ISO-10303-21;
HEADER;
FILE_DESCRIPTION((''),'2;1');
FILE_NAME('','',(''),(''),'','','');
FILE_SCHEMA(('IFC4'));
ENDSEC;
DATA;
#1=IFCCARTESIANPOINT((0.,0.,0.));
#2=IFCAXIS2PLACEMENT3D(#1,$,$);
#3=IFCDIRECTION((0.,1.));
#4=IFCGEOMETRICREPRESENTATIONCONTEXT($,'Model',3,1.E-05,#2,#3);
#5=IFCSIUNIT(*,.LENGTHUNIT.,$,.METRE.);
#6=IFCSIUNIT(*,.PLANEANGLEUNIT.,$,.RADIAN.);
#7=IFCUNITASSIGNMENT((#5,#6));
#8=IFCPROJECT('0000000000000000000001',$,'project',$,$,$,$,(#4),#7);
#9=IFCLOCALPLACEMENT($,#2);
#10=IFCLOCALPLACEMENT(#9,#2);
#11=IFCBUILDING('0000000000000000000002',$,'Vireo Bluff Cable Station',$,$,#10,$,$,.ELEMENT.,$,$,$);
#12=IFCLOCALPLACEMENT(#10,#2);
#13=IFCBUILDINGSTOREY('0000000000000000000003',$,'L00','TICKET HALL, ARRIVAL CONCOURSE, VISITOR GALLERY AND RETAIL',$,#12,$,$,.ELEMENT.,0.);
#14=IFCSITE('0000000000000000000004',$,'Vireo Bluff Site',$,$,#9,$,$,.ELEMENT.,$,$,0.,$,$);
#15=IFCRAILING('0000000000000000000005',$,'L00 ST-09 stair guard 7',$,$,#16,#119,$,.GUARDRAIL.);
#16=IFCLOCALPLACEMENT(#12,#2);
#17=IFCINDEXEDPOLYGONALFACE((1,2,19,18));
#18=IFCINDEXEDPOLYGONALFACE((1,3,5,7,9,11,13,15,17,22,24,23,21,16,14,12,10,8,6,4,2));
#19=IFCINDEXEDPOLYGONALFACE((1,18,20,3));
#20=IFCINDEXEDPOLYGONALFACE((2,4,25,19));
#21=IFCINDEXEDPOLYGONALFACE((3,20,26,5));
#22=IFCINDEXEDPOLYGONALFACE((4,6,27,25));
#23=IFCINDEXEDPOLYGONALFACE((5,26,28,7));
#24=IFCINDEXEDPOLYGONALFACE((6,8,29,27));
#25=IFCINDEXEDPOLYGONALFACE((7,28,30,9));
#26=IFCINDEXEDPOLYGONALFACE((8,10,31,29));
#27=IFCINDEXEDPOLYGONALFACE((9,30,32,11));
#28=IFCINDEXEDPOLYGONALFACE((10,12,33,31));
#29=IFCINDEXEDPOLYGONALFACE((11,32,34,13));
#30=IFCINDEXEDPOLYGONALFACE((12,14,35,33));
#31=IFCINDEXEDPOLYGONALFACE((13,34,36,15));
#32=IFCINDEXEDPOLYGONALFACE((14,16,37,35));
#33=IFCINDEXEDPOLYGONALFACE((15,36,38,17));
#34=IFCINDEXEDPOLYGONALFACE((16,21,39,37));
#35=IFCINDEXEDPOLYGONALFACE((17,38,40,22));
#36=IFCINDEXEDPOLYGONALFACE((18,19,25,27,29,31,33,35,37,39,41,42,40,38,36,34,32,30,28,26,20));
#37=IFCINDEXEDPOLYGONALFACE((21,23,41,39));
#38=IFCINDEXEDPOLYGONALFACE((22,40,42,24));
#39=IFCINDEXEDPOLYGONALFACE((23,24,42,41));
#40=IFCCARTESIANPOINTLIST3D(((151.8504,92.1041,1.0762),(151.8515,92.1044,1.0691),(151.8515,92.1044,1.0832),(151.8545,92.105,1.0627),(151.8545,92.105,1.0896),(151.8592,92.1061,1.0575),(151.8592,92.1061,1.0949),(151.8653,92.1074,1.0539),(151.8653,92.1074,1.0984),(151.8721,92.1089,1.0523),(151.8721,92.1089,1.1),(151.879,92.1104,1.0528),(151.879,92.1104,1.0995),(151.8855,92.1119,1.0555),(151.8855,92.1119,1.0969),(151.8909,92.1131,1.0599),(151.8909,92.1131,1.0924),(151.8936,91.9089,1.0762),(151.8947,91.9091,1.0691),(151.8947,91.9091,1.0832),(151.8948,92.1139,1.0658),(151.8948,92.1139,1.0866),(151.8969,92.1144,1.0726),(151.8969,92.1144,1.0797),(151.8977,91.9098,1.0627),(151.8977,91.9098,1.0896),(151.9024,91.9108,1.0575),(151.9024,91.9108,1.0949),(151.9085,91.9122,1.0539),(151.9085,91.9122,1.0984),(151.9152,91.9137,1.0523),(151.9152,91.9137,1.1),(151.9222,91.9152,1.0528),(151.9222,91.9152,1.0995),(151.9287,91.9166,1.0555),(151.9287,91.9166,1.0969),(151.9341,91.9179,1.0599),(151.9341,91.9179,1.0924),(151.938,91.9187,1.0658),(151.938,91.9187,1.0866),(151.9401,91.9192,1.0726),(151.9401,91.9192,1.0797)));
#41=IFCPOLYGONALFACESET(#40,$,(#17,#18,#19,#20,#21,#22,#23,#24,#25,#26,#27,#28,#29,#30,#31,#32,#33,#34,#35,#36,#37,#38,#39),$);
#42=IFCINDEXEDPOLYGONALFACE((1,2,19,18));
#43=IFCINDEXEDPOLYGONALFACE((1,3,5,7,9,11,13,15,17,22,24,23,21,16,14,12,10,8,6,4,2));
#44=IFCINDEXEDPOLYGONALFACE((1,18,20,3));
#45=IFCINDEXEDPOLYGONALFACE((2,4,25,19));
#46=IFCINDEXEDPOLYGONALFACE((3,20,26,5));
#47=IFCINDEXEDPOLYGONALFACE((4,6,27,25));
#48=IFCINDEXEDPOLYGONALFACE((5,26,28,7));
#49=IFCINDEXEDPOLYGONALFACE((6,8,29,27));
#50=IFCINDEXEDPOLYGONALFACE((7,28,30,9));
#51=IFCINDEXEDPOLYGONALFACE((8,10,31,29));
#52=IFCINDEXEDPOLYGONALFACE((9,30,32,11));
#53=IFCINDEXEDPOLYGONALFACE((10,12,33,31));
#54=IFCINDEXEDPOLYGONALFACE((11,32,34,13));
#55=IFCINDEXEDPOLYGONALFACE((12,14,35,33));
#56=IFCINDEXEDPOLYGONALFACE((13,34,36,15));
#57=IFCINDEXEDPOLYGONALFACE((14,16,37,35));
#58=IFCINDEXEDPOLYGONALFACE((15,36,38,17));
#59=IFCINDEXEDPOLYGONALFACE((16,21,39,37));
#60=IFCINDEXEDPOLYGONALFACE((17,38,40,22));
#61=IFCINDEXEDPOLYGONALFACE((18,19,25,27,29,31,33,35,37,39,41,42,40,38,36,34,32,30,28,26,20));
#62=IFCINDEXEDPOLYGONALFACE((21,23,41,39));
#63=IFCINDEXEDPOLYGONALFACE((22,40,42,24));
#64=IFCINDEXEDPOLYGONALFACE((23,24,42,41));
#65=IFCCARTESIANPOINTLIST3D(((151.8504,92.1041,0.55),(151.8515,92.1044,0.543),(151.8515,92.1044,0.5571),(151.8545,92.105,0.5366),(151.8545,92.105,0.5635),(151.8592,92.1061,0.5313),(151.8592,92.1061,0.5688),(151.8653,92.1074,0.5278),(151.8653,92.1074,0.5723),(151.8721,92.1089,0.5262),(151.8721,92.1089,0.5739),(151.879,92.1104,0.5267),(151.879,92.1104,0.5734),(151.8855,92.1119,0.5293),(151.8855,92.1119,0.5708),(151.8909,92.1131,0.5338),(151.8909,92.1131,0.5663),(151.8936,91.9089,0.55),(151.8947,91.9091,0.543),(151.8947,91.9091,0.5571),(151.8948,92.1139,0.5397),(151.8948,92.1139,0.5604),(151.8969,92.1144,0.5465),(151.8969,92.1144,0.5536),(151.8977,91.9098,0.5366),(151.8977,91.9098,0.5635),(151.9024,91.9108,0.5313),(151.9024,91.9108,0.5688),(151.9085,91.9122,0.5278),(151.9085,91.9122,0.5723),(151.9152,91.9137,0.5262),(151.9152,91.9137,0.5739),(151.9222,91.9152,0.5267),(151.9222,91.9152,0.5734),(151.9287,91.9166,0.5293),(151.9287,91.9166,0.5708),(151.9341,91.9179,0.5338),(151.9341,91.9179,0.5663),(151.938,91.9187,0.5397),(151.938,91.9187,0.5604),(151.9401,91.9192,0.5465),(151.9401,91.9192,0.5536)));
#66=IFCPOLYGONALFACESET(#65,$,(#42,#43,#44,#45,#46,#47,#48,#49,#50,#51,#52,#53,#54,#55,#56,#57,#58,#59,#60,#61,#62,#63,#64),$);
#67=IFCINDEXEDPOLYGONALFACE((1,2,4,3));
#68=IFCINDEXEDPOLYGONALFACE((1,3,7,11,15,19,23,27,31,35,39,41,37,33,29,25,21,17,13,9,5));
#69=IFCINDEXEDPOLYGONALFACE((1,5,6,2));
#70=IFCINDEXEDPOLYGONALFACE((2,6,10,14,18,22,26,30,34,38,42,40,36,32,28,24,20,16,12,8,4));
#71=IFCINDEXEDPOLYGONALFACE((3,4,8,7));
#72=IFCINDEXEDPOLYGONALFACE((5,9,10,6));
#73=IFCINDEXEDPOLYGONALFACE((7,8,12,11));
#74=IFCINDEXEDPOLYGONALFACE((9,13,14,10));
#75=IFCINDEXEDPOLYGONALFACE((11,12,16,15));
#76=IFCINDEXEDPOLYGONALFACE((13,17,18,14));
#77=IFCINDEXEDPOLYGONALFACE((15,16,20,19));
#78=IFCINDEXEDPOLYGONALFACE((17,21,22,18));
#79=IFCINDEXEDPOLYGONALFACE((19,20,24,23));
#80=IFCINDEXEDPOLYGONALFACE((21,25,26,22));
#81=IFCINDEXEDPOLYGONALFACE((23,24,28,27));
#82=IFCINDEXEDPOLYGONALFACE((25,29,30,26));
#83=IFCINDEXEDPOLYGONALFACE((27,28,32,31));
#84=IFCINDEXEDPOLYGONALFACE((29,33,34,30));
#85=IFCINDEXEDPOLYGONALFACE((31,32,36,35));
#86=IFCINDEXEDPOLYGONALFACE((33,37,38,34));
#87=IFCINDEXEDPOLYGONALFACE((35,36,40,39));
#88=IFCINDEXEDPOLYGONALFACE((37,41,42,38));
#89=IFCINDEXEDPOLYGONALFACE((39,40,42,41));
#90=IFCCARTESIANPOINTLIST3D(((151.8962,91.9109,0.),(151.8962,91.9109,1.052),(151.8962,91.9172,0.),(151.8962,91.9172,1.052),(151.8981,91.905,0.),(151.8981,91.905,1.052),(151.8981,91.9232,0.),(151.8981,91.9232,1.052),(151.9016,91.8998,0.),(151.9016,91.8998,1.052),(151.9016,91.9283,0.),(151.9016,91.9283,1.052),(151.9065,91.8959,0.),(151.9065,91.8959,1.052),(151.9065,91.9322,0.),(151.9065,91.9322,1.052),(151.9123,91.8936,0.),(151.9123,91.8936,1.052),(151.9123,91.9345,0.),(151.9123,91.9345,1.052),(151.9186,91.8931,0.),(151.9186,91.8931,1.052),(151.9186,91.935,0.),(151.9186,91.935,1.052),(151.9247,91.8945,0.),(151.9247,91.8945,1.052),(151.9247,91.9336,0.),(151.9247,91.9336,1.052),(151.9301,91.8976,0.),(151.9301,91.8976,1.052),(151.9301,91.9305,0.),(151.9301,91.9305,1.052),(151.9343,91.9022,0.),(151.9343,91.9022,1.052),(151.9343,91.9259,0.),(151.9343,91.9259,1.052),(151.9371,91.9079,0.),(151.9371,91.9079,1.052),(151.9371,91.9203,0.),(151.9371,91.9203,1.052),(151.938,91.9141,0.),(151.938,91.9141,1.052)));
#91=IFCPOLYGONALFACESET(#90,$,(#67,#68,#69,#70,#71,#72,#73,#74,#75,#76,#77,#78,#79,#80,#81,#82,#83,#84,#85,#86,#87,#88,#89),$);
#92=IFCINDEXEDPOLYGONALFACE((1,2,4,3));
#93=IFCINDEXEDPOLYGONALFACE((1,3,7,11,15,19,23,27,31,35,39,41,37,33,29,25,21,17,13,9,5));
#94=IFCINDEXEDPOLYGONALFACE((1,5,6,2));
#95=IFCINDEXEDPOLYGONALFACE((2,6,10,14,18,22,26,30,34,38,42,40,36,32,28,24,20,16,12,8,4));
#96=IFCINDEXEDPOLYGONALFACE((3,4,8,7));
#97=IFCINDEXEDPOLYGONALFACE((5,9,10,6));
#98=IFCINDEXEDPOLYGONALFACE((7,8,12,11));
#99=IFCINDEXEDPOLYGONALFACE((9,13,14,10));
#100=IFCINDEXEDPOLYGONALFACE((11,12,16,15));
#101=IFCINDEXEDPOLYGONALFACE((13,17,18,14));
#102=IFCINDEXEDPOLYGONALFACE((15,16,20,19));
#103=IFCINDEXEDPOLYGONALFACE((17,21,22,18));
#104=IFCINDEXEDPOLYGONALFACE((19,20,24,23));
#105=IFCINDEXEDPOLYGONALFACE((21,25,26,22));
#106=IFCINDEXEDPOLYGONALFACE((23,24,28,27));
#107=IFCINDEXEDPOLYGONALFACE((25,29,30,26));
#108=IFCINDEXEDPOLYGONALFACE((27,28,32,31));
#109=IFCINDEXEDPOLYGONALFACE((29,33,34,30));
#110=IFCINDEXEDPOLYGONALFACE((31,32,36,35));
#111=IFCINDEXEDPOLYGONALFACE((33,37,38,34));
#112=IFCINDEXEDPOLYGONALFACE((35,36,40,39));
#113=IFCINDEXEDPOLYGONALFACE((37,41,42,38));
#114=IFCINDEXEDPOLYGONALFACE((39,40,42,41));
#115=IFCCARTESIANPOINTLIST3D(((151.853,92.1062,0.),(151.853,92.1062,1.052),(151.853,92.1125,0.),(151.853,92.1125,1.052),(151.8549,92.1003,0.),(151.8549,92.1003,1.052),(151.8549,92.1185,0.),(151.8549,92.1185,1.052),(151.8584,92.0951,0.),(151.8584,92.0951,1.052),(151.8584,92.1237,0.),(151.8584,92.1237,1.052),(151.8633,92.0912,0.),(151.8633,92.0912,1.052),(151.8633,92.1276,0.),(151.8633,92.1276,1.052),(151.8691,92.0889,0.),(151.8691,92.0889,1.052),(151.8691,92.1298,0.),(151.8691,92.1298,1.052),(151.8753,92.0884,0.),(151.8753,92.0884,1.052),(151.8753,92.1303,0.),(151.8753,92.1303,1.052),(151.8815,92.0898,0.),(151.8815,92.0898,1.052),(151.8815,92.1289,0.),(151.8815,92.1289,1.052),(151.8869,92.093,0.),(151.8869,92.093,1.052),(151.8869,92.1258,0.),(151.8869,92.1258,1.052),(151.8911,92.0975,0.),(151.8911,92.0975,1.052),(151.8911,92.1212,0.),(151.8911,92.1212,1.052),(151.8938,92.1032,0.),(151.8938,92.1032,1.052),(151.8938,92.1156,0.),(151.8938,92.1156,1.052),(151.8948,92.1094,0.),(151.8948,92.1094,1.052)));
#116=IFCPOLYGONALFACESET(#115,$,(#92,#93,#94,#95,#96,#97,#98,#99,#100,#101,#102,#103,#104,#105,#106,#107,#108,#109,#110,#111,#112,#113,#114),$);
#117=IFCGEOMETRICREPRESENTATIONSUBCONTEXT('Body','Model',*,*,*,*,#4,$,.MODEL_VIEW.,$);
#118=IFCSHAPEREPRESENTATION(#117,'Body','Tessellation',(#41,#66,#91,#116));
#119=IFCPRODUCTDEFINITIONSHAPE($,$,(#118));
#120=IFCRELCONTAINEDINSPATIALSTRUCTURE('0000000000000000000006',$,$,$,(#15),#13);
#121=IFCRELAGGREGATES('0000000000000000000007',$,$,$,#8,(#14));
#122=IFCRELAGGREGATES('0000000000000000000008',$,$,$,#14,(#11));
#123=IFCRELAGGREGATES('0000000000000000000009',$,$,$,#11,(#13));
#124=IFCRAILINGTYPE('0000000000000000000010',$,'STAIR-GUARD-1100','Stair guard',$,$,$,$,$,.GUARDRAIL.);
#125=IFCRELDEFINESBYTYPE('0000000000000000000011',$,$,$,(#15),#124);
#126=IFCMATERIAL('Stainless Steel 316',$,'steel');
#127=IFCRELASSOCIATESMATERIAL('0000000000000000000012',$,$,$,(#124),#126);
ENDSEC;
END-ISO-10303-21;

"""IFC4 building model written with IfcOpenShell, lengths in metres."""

from ifc_helpers import new_model, si_unit, direction, frame, origin, origin_2d, place, context, subcontext, project, spatial, circle, extrude, material, type_object, element, save


model = new_model("IFC4")

# Units and contexts
model_context = context("Model", 3, precision=1e-05, world=origin(), true_north=direction((0.0, 1.0)))
body_context = subcontext(model_context, "Body", "Model", "MODEL_VIEW")
ifc_project = project(units=[si_unit("LENGTHUNIT", "METRE"), si_unit("PLANEANGLEUNIT", "RADIAN")], contexts=[model_context])

# Site, building, storey
site_placement = place(None, origin())
site = spatial("IfcSite", under=ifc_project, at=site_placement, Name="Vireo Bluff Site", CompositionType="ELEMENT", RefElevation=0.0)
building_placement = place(site_placement, origin())
building = spatial("IfcBuilding", under=site, at=building_placement, Name="Vireo Bluff Cable Station", CompositionType="ELEMENT")
storey_placement = place(building_placement, origin())
storey = spatial("IfcBuildingStorey", under=building, at=storey_placement, Name="L00", Description="TICKET HALL, ARRIVAL CONCOURSE, VISITOR GALLERY AND RETAIL", CompositionType="ELEMENT", Elevation=0.0)

# Railing
ifc_material_1 = material(Name="Stainless Steel 316", Category="steel")
railing_type_1 = type_object("IfcRailingType", Name="STAIR-GUARD-1100", Description="Stair guard", PredefinedType="GUARDRAIL", material=ifc_material_1)
railing_1_placement = place(storey_placement, frame((151.917, 91.9141, 0.0)))
element("IfcRailing", 1, at=railing_1_placement, inside=storey, type_object=railing_type_1, Name="L00 ST-09 stair guard 7", PredefinedType="GUARDRAIL", context=body_context, shape_type="SweptSolid", body=[
    extrude(circle(Radius=0.0239, at=origin_2d()), frame((0.0, 0.0, 1.0762), z_axis=(-0.216026, 0.976388, 0.0), x_axis=(-0.976388, -0.216026, 0.0)), (0.0, 0.0, 1.0), 0.2),
    extrude(circle(Radius=0.0239, at=origin_2d()), frame((0.0, 0.0, 0.55), z_axis=(-0.216026, 0.976388, 0.0), x_axis=(-0.976388, -0.216026, 0.0)), (0.0, 0.0, 1.0), 0.2),
    extrude(circle(Radius=0.021, at=origin_2d()), origin(), (0.0, 0.0, 1.0), 1.052),
    extrude(circle(Radius=0.021, at=origin_2d()), frame((-0.0432, 0.1953, 0.0)), (0.0, 0.0, 1.0), 1.052),
])

save(model, "model.ifc")
